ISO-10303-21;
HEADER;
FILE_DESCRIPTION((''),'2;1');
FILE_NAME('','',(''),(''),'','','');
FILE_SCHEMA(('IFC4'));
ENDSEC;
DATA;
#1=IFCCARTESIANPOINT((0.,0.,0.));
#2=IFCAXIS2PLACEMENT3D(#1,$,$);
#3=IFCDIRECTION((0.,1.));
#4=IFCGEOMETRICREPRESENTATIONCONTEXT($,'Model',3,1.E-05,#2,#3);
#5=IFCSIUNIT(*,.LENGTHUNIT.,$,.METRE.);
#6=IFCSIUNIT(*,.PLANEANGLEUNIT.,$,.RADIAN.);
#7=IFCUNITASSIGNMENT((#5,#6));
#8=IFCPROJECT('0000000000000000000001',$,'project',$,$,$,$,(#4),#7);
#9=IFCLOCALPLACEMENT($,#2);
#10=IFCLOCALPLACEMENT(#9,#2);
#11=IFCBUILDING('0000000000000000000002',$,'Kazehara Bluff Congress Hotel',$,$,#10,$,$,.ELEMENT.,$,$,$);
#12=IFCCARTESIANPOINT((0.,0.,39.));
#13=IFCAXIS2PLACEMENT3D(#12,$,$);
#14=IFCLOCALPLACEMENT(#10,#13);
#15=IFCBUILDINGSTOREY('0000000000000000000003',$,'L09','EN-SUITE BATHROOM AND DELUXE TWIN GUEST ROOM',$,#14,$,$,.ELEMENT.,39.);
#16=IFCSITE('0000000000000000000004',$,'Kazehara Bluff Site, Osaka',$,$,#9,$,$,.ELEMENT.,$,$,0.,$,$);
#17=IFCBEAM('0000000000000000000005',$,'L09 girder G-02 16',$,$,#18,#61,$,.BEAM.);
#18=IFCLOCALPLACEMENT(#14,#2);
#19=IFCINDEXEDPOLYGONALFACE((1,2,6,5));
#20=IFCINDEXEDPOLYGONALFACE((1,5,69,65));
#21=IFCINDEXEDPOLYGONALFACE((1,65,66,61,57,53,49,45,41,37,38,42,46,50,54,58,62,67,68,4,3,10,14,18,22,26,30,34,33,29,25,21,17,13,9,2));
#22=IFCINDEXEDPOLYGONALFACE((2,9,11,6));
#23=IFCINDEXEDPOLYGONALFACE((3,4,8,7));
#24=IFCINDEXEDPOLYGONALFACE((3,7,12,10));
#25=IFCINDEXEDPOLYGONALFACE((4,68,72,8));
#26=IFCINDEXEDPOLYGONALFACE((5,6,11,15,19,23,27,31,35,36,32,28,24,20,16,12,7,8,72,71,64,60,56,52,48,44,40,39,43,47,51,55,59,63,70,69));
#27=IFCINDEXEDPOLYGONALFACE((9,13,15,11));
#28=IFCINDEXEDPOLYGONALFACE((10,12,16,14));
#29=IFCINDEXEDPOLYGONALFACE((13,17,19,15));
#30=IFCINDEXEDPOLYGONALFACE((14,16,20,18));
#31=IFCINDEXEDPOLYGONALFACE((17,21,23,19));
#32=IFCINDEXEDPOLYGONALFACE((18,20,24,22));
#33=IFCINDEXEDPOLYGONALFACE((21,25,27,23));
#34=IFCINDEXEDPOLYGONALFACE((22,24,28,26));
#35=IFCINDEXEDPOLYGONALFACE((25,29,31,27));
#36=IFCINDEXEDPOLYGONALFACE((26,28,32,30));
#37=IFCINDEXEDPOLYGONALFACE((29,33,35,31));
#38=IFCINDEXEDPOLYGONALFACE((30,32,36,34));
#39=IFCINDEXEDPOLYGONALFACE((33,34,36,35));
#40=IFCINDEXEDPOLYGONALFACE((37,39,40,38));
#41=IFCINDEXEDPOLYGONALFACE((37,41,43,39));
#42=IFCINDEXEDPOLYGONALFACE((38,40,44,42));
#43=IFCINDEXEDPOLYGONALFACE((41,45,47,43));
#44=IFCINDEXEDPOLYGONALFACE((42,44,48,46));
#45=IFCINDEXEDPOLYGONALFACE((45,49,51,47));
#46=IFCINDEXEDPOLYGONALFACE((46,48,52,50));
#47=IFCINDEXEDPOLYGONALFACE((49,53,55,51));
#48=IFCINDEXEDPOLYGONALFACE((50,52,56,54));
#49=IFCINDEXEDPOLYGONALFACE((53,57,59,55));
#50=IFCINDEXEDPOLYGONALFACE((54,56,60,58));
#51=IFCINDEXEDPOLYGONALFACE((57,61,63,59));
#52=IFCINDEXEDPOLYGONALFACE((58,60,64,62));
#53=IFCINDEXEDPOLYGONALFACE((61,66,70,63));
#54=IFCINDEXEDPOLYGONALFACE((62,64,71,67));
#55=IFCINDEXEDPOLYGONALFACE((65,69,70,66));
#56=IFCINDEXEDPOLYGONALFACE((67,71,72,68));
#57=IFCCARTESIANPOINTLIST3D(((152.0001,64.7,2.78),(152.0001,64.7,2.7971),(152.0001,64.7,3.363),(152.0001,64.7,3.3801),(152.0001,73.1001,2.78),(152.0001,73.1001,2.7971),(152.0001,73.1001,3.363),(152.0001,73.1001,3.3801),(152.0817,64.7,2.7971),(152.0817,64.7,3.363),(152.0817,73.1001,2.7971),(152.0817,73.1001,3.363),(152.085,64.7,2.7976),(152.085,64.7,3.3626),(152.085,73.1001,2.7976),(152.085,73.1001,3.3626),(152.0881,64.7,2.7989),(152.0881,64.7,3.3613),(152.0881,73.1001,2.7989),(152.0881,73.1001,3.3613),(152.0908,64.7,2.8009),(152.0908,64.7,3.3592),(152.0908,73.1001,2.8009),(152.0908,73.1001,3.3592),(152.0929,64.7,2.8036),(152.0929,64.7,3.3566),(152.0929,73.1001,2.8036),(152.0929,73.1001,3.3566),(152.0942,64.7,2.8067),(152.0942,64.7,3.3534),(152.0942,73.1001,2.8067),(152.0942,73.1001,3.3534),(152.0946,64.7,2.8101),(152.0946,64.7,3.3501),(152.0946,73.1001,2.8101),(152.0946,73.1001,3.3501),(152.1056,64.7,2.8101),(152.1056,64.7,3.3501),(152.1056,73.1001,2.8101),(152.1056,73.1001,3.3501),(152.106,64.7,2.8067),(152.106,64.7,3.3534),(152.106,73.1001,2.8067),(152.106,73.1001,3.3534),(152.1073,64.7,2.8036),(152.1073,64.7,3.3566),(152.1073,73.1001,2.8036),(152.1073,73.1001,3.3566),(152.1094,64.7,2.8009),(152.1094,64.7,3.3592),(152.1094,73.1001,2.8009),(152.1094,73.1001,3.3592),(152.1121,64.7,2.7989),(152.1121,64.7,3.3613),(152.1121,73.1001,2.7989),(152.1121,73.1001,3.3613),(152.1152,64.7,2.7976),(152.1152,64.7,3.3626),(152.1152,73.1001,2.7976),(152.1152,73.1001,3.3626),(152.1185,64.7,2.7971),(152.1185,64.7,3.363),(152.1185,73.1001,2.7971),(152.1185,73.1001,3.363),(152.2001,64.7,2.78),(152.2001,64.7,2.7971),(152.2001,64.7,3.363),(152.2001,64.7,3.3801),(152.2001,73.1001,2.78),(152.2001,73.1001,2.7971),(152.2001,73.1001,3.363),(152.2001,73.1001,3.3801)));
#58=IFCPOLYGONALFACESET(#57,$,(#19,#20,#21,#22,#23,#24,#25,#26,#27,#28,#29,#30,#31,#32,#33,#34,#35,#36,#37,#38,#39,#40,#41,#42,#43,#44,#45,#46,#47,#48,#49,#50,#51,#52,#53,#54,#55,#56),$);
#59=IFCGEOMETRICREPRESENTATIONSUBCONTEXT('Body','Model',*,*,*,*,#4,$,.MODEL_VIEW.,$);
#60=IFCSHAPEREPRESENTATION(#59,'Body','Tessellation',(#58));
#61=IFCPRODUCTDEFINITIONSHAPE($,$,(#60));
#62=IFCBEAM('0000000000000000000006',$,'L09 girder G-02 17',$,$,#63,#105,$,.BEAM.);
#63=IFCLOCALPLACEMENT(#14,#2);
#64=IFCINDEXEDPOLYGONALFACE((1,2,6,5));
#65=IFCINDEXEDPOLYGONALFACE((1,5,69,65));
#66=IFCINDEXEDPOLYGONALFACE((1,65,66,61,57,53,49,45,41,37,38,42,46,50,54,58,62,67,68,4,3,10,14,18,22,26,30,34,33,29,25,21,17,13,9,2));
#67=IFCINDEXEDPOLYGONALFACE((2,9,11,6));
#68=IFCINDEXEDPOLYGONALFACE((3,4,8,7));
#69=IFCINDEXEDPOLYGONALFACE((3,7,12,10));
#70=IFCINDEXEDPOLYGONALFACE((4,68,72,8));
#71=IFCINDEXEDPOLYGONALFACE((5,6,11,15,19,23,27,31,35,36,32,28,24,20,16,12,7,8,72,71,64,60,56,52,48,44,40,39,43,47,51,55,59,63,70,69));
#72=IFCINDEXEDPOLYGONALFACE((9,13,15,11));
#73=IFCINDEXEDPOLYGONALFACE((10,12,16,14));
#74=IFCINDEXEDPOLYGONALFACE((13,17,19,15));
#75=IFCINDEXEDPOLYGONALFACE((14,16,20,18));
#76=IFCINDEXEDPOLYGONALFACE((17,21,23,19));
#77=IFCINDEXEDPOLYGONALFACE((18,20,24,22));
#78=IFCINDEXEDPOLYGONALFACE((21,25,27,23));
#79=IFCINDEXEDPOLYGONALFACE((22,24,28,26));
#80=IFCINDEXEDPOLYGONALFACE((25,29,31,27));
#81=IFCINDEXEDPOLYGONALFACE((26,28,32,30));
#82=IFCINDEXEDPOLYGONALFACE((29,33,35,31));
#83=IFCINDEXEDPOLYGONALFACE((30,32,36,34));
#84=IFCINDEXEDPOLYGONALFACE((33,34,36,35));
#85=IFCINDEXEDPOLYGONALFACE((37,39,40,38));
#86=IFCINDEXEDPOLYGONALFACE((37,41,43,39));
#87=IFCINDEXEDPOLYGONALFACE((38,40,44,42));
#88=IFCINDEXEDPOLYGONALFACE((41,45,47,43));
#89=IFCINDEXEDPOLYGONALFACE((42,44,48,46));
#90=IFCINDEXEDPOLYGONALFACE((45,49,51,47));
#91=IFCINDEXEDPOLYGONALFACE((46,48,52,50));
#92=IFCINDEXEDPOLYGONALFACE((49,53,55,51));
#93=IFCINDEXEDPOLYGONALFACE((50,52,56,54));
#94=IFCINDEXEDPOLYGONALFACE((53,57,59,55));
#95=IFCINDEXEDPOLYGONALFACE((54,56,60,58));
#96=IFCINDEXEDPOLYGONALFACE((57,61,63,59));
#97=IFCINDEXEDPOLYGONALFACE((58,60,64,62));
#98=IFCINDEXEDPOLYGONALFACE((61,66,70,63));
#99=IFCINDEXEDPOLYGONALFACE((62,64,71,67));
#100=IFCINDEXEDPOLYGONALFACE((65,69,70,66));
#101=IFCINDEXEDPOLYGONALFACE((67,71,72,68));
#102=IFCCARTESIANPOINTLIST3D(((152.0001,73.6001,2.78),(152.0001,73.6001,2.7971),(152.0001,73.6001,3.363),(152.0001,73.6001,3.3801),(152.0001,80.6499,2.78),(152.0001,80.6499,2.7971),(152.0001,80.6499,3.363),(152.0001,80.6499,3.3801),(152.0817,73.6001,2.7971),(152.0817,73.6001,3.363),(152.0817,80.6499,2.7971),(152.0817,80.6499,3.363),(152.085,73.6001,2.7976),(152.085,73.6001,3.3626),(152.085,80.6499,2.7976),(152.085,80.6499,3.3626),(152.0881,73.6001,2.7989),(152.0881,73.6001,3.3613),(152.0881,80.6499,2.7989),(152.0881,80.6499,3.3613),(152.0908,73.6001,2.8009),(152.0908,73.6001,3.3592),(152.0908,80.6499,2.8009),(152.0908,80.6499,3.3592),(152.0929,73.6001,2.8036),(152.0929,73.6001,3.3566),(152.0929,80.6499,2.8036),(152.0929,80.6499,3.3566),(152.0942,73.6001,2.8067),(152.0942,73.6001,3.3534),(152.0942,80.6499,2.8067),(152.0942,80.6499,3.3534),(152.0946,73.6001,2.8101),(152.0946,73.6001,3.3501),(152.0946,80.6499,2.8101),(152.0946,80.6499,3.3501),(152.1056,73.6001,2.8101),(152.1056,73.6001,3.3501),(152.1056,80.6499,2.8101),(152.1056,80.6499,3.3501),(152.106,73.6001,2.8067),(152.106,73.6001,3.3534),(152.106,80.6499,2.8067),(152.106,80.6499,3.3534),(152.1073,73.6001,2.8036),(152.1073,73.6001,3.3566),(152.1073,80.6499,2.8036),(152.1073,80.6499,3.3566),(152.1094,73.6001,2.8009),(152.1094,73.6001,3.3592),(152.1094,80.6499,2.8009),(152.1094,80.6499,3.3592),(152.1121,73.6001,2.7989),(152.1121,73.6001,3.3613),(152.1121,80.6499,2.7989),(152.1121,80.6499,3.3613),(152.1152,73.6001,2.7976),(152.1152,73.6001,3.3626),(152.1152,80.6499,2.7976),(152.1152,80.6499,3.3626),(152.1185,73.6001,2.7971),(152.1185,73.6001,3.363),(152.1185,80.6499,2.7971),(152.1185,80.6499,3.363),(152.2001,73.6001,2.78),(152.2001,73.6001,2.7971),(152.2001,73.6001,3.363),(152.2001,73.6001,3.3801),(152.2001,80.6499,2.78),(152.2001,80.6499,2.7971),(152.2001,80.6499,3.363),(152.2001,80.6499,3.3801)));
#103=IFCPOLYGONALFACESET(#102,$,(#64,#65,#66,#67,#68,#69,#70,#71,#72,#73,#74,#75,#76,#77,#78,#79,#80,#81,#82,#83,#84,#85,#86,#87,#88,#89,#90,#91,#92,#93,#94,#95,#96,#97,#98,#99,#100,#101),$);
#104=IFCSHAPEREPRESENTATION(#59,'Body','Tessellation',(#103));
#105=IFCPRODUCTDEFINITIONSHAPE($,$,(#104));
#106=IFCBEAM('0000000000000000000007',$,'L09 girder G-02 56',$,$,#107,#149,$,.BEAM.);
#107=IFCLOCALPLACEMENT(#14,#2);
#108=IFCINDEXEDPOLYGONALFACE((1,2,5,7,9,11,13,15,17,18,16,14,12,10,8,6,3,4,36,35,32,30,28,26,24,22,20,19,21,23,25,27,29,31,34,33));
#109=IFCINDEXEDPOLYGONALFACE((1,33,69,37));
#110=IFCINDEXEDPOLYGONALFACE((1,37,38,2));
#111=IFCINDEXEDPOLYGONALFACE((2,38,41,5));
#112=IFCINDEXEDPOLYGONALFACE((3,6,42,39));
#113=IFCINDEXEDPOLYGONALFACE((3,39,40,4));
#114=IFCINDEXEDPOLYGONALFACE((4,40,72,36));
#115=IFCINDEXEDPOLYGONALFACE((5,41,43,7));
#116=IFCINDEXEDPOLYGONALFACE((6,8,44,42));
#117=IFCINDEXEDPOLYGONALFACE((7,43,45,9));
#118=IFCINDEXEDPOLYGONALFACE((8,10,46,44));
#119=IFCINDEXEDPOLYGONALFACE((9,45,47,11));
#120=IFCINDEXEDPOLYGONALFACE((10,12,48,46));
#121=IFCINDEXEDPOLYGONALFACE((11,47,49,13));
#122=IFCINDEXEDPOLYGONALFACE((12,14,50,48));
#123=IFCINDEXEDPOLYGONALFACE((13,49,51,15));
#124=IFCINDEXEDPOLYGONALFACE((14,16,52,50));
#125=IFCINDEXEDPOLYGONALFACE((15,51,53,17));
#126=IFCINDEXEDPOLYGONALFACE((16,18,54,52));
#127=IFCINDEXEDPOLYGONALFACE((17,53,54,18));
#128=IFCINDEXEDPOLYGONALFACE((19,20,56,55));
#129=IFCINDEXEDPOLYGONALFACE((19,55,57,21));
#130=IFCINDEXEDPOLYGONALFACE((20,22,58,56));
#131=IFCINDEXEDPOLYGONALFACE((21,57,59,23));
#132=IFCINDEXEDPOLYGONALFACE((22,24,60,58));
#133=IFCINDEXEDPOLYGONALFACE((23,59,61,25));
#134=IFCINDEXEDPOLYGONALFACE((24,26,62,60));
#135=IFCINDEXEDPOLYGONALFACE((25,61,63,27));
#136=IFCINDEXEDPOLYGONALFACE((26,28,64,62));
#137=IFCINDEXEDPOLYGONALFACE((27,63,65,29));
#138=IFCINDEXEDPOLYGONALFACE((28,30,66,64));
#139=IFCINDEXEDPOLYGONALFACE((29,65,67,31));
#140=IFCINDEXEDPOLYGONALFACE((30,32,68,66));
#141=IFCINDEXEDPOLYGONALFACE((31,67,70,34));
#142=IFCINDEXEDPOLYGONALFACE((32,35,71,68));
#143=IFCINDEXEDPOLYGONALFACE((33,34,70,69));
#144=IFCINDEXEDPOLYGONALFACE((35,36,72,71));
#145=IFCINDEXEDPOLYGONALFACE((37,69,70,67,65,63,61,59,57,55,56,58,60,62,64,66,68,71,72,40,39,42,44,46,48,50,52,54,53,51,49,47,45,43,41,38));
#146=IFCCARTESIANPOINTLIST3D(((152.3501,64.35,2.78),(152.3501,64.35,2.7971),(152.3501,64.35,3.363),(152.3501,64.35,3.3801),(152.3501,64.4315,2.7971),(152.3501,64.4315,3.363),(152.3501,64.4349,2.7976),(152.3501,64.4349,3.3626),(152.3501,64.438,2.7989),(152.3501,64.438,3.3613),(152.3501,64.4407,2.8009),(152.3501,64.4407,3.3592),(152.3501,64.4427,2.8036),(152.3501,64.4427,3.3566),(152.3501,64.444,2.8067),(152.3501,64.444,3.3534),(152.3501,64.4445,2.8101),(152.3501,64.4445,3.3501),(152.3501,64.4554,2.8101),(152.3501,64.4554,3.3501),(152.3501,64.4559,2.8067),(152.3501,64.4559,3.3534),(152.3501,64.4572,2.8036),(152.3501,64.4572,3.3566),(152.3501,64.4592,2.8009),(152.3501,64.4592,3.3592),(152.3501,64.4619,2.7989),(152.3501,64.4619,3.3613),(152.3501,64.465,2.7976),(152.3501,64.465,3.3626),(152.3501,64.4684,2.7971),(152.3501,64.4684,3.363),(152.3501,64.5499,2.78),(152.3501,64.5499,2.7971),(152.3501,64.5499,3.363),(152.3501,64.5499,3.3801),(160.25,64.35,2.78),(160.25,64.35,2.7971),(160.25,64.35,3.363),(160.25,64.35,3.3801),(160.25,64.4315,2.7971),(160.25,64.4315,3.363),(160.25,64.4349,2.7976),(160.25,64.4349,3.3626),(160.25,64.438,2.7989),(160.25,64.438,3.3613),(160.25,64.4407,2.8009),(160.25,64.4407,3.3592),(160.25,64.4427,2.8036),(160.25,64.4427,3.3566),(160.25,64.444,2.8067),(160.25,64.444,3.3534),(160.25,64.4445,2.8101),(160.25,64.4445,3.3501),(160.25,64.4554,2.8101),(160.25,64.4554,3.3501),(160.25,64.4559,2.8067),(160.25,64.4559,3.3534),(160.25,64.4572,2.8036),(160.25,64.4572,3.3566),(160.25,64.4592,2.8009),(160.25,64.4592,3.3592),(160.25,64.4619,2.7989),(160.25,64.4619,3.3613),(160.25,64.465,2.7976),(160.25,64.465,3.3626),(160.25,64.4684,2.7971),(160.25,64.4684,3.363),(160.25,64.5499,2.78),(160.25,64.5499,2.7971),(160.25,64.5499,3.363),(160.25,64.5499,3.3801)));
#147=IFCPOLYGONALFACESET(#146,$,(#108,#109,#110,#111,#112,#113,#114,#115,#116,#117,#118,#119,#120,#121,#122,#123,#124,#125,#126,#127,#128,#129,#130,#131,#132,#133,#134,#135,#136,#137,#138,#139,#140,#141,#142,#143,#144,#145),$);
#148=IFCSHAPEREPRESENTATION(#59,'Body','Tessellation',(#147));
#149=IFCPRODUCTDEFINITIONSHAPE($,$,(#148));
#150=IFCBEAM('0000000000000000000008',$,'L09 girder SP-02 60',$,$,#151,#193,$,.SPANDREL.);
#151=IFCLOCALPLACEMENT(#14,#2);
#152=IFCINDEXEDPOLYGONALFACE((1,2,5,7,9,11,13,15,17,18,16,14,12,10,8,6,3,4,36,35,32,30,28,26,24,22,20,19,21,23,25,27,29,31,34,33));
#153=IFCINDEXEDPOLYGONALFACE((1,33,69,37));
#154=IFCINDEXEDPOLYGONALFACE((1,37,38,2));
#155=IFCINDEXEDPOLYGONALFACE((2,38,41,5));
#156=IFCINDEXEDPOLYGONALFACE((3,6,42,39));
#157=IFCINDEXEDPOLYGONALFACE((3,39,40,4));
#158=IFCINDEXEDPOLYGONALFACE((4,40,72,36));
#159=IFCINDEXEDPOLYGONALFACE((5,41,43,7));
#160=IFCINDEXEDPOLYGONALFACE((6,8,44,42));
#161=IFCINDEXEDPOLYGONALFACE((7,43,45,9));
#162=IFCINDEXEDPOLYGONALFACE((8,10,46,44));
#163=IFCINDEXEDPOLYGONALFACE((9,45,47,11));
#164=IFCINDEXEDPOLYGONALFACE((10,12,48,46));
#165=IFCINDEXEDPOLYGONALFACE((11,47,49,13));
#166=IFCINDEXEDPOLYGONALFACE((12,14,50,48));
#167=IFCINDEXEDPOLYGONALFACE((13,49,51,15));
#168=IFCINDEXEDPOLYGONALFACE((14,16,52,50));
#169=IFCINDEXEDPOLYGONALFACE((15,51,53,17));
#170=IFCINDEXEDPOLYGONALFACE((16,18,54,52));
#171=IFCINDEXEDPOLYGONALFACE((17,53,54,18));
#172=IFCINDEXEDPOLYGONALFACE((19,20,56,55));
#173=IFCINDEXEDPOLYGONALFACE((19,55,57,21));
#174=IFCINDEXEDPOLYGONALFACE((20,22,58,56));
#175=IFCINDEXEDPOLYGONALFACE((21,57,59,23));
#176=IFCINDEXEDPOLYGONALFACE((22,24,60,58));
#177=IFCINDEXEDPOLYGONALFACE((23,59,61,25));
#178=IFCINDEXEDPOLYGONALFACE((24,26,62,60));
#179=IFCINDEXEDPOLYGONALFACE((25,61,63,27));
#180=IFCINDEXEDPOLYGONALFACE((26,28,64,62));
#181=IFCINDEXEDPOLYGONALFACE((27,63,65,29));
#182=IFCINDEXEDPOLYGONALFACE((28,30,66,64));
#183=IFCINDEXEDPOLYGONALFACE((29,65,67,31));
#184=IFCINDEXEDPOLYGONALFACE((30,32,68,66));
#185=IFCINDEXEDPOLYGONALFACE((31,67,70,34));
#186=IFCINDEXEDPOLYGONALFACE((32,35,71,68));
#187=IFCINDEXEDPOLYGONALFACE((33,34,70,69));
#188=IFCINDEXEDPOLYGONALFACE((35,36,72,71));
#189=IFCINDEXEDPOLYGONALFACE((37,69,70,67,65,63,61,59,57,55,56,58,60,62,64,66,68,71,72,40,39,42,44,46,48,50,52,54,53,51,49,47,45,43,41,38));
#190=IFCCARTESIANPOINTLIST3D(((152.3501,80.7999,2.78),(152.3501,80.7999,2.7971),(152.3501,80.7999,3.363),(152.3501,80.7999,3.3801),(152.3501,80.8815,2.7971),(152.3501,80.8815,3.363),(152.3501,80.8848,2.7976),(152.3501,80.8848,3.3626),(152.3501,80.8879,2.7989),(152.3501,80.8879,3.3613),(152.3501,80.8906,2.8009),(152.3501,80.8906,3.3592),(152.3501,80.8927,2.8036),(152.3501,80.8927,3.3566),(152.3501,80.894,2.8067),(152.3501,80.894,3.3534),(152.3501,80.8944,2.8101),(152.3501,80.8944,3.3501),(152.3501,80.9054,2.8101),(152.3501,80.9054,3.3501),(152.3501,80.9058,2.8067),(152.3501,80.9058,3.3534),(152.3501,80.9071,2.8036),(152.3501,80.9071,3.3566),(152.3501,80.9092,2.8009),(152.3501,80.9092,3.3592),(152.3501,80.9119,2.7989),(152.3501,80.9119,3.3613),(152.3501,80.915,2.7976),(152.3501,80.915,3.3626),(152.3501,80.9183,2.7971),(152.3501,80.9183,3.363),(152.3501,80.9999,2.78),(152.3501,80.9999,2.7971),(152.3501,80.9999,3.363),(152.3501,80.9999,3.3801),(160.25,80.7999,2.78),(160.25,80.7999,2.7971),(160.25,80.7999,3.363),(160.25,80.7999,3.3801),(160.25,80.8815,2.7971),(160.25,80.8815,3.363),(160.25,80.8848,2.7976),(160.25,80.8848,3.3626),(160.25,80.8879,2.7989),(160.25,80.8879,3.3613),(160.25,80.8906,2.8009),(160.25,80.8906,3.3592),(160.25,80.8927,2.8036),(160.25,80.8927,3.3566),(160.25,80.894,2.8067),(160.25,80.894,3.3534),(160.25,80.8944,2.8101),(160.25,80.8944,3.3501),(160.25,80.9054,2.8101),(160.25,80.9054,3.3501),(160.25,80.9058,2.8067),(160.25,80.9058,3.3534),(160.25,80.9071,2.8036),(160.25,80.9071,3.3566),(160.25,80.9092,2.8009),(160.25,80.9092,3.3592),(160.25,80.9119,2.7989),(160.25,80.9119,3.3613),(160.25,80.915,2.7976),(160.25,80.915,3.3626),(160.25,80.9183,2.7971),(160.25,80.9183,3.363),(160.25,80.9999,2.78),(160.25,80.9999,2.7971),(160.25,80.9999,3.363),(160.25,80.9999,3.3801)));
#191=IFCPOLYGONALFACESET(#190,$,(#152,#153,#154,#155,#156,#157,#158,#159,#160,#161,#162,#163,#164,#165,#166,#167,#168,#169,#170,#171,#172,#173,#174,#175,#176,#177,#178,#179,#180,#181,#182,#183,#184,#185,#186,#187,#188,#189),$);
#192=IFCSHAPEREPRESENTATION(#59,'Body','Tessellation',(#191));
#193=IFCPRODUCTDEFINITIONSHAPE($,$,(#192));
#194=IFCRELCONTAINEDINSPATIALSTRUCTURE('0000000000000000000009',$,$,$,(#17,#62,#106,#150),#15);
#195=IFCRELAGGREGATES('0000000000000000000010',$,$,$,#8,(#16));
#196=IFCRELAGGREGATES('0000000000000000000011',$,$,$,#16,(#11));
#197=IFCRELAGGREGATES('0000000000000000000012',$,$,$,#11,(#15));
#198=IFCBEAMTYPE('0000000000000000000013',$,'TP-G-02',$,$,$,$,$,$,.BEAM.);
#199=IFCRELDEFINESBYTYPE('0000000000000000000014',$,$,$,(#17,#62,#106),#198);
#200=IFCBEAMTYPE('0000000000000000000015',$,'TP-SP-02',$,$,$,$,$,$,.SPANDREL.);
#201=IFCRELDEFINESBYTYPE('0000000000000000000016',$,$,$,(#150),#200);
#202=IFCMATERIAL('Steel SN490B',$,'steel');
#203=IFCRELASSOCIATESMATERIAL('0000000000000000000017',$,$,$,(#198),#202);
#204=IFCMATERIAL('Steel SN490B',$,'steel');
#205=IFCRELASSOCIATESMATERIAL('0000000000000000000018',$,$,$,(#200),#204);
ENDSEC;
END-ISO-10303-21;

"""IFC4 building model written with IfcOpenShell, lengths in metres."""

from ifc_helpers import new_model, si_unit, direction, frame, origin, origin_2d, place, context, subcontext, project, spatial, i_section, extrude, material, material_profile, profile_set, type_object, element, save


model = new_model("IFC4")

# Units and contexts
model_context = context("Model", 3, precision=1e-05, world=origin(), true_north=direction((0.0, 1.0)))
body_context = subcontext(model_context, "Body", "Model", "MODEL_VIEW")
ifc_project = project(units=[si_unit("LENGTHUNIT", "METRE"), si_unit("PLANEANGLEUNIT", "RADIAN")], contexts=[model_context])

# Site, building, storey
site_placement = place(None, origin())
site = spatial("IfcSite", under=ifc_project, at=site_placement, Name="Kazehara Bluff Site, Osaka", CompositionType="ELEMENT", RefElevation=0.0)
building_placement = place(site_placement, origin())
building = spatial("IfcBuilding", under=site, at=building_placement, Name="Kazehara Bluff Congress Hotel", CompositionType="ELEMENT")
storey_placement = place(building_placement, frame((0.0, 0.0, 39.0)))
storey = spatial("IfcBuildingStorey", under=building, at=storey_placement, Name="L09", Description="EN-SUITE BATHROOM AND DELUXE TWIN GUEST ROOM", CompositionType="ELEMENT", Elevation=39.0)

# Beams
ifc_material_1 = material(Name="Steel SN490B", Category="steel")
ifc_material_profile_1 = material_profile(ifc_material_1, i_section(OverallWidth=0.2, OverallDepth=0.6001, WebThickness=0.011, FlangeThickness=0.0171, FilletRadius=0.0129, at=origin_2d()))
ifc_profile_set_1 = profile_set([ifc_material_profile_1], Name="Steel SN490B")
beam_type_1 = type_object("IfcBeamType", Name="TP-G-02", PredefinedType="BEAM", material=ifc_profile_set_1)
beam_1_placement = place(storey_placement, frame((152.1001, 64.7, 3.0801), z_axis=(0.0, 1.0, 0.0), x_axis=(-1.0, 0.0, 0.0)))
element("IfcBeam", 1, at=beam_1_placement, inside=storey, type_object=beam_type_1, Name="L09 girder G-02 16", PredefinedType="BEAM", context=body_context, shape_type="SweptSolid", body=[
    extrude(i_section(OverallWidth=0.2, OverallDepth=0.6001, WebThickness=0.011, FlangeThickness=0.0171, FilletRadius=0.0129, at=origin_2d()), origin(), (0.0, 0.0, 1.0), 8.4001),
])
beam_2_placement = place(storey_placement, frame((152.1001, 73.6001, 3.0801), z_axis=(0.0, 1.0, 0.0), x_axis=(-1.0, 0.0, 0.0)))
element("IfcBeam", 2, at=beam_2_placement, inside=storey, type_object=beam_type_1, Name="L09 girder G-02 17", PredefinedType="BEAM", context=body_context, shape_type="SweptSolid", body=[
    extrude(i_section(OverallWidth=0.2, OverallDepth=0.6001, WebThickness=0.011, FlangeThickness=0.0171, FilletRadius=0.0129, at=origin_2d()), origin(), (0.0, 0.0, 1.0), 7.0498),
])
beam_3_placement = place(storey_placement, frame((152.3501, 64.45, 3.0801), z_axis=(1.0, 0.0, 0.0), x_axis=(0.0, 1.0, 0.0)))
element("IfcBeam", 3, at=beam_3_placement, inside=storey, type_object=beam_type_1, Name="L09 girder G-02 56", PredefinedType="BEAM", context=body_context, shape_type="SweptSolid", body=[
    extrude(i_section(OverallWidth=0.2, OverallDepth=0.6001, WebThickness=0.011, FlangeThickness=0.0171, FilletRadius=0.0129, at=origin_2d()), origin(), (0.0, 0.0, 1.0), 7.8999),
])
ifc_material_2 = material(Name="Steel SN490B", Category="steel")
ifc_material_profile_2 = material_profile(ifc_material_2, i_section(OverallWidth=0.2, OverallDepth=0.6001, WebThickness=0.011, FlangeThickness=0.0171, FilletRadius=0.0129, at=origin_2d()))
ifc_profile_set_2 = profile_set([ifc_material_profile_2], Name="Steel SN490B")
beam_type_2 = type_object("IfcBeamType", Name="TP-SP-02", PredefinedType="SPANDREL", material=ifc_profile_set_2)
beam_4_placement = place(storey_placement, frame((152.3501, 80.8999, 3.0801), z_axis=(1.0, 0.0, 0.0), x_axis=(0.0, 1.0, 0.0)))
element("IfcBeam", 4, at=beam_4_placement, inside=storey, type_object=beam_type_2, Name="L09 girder SP-02 60", PredefinedType="SPANDREL", context=body_context, shape_type="SweptSolid", body=[
    extrude(i_section(OverallWidth=0.2, OverallDepth=0.6001, WebThickness=0.011, FlangeThickness=0.0171, FilletRadius=0.0129, at=origin_2d()), origin(), (0.0, 0.0, 1.0), 7.8999),
])

save(model, "model.ifc")
